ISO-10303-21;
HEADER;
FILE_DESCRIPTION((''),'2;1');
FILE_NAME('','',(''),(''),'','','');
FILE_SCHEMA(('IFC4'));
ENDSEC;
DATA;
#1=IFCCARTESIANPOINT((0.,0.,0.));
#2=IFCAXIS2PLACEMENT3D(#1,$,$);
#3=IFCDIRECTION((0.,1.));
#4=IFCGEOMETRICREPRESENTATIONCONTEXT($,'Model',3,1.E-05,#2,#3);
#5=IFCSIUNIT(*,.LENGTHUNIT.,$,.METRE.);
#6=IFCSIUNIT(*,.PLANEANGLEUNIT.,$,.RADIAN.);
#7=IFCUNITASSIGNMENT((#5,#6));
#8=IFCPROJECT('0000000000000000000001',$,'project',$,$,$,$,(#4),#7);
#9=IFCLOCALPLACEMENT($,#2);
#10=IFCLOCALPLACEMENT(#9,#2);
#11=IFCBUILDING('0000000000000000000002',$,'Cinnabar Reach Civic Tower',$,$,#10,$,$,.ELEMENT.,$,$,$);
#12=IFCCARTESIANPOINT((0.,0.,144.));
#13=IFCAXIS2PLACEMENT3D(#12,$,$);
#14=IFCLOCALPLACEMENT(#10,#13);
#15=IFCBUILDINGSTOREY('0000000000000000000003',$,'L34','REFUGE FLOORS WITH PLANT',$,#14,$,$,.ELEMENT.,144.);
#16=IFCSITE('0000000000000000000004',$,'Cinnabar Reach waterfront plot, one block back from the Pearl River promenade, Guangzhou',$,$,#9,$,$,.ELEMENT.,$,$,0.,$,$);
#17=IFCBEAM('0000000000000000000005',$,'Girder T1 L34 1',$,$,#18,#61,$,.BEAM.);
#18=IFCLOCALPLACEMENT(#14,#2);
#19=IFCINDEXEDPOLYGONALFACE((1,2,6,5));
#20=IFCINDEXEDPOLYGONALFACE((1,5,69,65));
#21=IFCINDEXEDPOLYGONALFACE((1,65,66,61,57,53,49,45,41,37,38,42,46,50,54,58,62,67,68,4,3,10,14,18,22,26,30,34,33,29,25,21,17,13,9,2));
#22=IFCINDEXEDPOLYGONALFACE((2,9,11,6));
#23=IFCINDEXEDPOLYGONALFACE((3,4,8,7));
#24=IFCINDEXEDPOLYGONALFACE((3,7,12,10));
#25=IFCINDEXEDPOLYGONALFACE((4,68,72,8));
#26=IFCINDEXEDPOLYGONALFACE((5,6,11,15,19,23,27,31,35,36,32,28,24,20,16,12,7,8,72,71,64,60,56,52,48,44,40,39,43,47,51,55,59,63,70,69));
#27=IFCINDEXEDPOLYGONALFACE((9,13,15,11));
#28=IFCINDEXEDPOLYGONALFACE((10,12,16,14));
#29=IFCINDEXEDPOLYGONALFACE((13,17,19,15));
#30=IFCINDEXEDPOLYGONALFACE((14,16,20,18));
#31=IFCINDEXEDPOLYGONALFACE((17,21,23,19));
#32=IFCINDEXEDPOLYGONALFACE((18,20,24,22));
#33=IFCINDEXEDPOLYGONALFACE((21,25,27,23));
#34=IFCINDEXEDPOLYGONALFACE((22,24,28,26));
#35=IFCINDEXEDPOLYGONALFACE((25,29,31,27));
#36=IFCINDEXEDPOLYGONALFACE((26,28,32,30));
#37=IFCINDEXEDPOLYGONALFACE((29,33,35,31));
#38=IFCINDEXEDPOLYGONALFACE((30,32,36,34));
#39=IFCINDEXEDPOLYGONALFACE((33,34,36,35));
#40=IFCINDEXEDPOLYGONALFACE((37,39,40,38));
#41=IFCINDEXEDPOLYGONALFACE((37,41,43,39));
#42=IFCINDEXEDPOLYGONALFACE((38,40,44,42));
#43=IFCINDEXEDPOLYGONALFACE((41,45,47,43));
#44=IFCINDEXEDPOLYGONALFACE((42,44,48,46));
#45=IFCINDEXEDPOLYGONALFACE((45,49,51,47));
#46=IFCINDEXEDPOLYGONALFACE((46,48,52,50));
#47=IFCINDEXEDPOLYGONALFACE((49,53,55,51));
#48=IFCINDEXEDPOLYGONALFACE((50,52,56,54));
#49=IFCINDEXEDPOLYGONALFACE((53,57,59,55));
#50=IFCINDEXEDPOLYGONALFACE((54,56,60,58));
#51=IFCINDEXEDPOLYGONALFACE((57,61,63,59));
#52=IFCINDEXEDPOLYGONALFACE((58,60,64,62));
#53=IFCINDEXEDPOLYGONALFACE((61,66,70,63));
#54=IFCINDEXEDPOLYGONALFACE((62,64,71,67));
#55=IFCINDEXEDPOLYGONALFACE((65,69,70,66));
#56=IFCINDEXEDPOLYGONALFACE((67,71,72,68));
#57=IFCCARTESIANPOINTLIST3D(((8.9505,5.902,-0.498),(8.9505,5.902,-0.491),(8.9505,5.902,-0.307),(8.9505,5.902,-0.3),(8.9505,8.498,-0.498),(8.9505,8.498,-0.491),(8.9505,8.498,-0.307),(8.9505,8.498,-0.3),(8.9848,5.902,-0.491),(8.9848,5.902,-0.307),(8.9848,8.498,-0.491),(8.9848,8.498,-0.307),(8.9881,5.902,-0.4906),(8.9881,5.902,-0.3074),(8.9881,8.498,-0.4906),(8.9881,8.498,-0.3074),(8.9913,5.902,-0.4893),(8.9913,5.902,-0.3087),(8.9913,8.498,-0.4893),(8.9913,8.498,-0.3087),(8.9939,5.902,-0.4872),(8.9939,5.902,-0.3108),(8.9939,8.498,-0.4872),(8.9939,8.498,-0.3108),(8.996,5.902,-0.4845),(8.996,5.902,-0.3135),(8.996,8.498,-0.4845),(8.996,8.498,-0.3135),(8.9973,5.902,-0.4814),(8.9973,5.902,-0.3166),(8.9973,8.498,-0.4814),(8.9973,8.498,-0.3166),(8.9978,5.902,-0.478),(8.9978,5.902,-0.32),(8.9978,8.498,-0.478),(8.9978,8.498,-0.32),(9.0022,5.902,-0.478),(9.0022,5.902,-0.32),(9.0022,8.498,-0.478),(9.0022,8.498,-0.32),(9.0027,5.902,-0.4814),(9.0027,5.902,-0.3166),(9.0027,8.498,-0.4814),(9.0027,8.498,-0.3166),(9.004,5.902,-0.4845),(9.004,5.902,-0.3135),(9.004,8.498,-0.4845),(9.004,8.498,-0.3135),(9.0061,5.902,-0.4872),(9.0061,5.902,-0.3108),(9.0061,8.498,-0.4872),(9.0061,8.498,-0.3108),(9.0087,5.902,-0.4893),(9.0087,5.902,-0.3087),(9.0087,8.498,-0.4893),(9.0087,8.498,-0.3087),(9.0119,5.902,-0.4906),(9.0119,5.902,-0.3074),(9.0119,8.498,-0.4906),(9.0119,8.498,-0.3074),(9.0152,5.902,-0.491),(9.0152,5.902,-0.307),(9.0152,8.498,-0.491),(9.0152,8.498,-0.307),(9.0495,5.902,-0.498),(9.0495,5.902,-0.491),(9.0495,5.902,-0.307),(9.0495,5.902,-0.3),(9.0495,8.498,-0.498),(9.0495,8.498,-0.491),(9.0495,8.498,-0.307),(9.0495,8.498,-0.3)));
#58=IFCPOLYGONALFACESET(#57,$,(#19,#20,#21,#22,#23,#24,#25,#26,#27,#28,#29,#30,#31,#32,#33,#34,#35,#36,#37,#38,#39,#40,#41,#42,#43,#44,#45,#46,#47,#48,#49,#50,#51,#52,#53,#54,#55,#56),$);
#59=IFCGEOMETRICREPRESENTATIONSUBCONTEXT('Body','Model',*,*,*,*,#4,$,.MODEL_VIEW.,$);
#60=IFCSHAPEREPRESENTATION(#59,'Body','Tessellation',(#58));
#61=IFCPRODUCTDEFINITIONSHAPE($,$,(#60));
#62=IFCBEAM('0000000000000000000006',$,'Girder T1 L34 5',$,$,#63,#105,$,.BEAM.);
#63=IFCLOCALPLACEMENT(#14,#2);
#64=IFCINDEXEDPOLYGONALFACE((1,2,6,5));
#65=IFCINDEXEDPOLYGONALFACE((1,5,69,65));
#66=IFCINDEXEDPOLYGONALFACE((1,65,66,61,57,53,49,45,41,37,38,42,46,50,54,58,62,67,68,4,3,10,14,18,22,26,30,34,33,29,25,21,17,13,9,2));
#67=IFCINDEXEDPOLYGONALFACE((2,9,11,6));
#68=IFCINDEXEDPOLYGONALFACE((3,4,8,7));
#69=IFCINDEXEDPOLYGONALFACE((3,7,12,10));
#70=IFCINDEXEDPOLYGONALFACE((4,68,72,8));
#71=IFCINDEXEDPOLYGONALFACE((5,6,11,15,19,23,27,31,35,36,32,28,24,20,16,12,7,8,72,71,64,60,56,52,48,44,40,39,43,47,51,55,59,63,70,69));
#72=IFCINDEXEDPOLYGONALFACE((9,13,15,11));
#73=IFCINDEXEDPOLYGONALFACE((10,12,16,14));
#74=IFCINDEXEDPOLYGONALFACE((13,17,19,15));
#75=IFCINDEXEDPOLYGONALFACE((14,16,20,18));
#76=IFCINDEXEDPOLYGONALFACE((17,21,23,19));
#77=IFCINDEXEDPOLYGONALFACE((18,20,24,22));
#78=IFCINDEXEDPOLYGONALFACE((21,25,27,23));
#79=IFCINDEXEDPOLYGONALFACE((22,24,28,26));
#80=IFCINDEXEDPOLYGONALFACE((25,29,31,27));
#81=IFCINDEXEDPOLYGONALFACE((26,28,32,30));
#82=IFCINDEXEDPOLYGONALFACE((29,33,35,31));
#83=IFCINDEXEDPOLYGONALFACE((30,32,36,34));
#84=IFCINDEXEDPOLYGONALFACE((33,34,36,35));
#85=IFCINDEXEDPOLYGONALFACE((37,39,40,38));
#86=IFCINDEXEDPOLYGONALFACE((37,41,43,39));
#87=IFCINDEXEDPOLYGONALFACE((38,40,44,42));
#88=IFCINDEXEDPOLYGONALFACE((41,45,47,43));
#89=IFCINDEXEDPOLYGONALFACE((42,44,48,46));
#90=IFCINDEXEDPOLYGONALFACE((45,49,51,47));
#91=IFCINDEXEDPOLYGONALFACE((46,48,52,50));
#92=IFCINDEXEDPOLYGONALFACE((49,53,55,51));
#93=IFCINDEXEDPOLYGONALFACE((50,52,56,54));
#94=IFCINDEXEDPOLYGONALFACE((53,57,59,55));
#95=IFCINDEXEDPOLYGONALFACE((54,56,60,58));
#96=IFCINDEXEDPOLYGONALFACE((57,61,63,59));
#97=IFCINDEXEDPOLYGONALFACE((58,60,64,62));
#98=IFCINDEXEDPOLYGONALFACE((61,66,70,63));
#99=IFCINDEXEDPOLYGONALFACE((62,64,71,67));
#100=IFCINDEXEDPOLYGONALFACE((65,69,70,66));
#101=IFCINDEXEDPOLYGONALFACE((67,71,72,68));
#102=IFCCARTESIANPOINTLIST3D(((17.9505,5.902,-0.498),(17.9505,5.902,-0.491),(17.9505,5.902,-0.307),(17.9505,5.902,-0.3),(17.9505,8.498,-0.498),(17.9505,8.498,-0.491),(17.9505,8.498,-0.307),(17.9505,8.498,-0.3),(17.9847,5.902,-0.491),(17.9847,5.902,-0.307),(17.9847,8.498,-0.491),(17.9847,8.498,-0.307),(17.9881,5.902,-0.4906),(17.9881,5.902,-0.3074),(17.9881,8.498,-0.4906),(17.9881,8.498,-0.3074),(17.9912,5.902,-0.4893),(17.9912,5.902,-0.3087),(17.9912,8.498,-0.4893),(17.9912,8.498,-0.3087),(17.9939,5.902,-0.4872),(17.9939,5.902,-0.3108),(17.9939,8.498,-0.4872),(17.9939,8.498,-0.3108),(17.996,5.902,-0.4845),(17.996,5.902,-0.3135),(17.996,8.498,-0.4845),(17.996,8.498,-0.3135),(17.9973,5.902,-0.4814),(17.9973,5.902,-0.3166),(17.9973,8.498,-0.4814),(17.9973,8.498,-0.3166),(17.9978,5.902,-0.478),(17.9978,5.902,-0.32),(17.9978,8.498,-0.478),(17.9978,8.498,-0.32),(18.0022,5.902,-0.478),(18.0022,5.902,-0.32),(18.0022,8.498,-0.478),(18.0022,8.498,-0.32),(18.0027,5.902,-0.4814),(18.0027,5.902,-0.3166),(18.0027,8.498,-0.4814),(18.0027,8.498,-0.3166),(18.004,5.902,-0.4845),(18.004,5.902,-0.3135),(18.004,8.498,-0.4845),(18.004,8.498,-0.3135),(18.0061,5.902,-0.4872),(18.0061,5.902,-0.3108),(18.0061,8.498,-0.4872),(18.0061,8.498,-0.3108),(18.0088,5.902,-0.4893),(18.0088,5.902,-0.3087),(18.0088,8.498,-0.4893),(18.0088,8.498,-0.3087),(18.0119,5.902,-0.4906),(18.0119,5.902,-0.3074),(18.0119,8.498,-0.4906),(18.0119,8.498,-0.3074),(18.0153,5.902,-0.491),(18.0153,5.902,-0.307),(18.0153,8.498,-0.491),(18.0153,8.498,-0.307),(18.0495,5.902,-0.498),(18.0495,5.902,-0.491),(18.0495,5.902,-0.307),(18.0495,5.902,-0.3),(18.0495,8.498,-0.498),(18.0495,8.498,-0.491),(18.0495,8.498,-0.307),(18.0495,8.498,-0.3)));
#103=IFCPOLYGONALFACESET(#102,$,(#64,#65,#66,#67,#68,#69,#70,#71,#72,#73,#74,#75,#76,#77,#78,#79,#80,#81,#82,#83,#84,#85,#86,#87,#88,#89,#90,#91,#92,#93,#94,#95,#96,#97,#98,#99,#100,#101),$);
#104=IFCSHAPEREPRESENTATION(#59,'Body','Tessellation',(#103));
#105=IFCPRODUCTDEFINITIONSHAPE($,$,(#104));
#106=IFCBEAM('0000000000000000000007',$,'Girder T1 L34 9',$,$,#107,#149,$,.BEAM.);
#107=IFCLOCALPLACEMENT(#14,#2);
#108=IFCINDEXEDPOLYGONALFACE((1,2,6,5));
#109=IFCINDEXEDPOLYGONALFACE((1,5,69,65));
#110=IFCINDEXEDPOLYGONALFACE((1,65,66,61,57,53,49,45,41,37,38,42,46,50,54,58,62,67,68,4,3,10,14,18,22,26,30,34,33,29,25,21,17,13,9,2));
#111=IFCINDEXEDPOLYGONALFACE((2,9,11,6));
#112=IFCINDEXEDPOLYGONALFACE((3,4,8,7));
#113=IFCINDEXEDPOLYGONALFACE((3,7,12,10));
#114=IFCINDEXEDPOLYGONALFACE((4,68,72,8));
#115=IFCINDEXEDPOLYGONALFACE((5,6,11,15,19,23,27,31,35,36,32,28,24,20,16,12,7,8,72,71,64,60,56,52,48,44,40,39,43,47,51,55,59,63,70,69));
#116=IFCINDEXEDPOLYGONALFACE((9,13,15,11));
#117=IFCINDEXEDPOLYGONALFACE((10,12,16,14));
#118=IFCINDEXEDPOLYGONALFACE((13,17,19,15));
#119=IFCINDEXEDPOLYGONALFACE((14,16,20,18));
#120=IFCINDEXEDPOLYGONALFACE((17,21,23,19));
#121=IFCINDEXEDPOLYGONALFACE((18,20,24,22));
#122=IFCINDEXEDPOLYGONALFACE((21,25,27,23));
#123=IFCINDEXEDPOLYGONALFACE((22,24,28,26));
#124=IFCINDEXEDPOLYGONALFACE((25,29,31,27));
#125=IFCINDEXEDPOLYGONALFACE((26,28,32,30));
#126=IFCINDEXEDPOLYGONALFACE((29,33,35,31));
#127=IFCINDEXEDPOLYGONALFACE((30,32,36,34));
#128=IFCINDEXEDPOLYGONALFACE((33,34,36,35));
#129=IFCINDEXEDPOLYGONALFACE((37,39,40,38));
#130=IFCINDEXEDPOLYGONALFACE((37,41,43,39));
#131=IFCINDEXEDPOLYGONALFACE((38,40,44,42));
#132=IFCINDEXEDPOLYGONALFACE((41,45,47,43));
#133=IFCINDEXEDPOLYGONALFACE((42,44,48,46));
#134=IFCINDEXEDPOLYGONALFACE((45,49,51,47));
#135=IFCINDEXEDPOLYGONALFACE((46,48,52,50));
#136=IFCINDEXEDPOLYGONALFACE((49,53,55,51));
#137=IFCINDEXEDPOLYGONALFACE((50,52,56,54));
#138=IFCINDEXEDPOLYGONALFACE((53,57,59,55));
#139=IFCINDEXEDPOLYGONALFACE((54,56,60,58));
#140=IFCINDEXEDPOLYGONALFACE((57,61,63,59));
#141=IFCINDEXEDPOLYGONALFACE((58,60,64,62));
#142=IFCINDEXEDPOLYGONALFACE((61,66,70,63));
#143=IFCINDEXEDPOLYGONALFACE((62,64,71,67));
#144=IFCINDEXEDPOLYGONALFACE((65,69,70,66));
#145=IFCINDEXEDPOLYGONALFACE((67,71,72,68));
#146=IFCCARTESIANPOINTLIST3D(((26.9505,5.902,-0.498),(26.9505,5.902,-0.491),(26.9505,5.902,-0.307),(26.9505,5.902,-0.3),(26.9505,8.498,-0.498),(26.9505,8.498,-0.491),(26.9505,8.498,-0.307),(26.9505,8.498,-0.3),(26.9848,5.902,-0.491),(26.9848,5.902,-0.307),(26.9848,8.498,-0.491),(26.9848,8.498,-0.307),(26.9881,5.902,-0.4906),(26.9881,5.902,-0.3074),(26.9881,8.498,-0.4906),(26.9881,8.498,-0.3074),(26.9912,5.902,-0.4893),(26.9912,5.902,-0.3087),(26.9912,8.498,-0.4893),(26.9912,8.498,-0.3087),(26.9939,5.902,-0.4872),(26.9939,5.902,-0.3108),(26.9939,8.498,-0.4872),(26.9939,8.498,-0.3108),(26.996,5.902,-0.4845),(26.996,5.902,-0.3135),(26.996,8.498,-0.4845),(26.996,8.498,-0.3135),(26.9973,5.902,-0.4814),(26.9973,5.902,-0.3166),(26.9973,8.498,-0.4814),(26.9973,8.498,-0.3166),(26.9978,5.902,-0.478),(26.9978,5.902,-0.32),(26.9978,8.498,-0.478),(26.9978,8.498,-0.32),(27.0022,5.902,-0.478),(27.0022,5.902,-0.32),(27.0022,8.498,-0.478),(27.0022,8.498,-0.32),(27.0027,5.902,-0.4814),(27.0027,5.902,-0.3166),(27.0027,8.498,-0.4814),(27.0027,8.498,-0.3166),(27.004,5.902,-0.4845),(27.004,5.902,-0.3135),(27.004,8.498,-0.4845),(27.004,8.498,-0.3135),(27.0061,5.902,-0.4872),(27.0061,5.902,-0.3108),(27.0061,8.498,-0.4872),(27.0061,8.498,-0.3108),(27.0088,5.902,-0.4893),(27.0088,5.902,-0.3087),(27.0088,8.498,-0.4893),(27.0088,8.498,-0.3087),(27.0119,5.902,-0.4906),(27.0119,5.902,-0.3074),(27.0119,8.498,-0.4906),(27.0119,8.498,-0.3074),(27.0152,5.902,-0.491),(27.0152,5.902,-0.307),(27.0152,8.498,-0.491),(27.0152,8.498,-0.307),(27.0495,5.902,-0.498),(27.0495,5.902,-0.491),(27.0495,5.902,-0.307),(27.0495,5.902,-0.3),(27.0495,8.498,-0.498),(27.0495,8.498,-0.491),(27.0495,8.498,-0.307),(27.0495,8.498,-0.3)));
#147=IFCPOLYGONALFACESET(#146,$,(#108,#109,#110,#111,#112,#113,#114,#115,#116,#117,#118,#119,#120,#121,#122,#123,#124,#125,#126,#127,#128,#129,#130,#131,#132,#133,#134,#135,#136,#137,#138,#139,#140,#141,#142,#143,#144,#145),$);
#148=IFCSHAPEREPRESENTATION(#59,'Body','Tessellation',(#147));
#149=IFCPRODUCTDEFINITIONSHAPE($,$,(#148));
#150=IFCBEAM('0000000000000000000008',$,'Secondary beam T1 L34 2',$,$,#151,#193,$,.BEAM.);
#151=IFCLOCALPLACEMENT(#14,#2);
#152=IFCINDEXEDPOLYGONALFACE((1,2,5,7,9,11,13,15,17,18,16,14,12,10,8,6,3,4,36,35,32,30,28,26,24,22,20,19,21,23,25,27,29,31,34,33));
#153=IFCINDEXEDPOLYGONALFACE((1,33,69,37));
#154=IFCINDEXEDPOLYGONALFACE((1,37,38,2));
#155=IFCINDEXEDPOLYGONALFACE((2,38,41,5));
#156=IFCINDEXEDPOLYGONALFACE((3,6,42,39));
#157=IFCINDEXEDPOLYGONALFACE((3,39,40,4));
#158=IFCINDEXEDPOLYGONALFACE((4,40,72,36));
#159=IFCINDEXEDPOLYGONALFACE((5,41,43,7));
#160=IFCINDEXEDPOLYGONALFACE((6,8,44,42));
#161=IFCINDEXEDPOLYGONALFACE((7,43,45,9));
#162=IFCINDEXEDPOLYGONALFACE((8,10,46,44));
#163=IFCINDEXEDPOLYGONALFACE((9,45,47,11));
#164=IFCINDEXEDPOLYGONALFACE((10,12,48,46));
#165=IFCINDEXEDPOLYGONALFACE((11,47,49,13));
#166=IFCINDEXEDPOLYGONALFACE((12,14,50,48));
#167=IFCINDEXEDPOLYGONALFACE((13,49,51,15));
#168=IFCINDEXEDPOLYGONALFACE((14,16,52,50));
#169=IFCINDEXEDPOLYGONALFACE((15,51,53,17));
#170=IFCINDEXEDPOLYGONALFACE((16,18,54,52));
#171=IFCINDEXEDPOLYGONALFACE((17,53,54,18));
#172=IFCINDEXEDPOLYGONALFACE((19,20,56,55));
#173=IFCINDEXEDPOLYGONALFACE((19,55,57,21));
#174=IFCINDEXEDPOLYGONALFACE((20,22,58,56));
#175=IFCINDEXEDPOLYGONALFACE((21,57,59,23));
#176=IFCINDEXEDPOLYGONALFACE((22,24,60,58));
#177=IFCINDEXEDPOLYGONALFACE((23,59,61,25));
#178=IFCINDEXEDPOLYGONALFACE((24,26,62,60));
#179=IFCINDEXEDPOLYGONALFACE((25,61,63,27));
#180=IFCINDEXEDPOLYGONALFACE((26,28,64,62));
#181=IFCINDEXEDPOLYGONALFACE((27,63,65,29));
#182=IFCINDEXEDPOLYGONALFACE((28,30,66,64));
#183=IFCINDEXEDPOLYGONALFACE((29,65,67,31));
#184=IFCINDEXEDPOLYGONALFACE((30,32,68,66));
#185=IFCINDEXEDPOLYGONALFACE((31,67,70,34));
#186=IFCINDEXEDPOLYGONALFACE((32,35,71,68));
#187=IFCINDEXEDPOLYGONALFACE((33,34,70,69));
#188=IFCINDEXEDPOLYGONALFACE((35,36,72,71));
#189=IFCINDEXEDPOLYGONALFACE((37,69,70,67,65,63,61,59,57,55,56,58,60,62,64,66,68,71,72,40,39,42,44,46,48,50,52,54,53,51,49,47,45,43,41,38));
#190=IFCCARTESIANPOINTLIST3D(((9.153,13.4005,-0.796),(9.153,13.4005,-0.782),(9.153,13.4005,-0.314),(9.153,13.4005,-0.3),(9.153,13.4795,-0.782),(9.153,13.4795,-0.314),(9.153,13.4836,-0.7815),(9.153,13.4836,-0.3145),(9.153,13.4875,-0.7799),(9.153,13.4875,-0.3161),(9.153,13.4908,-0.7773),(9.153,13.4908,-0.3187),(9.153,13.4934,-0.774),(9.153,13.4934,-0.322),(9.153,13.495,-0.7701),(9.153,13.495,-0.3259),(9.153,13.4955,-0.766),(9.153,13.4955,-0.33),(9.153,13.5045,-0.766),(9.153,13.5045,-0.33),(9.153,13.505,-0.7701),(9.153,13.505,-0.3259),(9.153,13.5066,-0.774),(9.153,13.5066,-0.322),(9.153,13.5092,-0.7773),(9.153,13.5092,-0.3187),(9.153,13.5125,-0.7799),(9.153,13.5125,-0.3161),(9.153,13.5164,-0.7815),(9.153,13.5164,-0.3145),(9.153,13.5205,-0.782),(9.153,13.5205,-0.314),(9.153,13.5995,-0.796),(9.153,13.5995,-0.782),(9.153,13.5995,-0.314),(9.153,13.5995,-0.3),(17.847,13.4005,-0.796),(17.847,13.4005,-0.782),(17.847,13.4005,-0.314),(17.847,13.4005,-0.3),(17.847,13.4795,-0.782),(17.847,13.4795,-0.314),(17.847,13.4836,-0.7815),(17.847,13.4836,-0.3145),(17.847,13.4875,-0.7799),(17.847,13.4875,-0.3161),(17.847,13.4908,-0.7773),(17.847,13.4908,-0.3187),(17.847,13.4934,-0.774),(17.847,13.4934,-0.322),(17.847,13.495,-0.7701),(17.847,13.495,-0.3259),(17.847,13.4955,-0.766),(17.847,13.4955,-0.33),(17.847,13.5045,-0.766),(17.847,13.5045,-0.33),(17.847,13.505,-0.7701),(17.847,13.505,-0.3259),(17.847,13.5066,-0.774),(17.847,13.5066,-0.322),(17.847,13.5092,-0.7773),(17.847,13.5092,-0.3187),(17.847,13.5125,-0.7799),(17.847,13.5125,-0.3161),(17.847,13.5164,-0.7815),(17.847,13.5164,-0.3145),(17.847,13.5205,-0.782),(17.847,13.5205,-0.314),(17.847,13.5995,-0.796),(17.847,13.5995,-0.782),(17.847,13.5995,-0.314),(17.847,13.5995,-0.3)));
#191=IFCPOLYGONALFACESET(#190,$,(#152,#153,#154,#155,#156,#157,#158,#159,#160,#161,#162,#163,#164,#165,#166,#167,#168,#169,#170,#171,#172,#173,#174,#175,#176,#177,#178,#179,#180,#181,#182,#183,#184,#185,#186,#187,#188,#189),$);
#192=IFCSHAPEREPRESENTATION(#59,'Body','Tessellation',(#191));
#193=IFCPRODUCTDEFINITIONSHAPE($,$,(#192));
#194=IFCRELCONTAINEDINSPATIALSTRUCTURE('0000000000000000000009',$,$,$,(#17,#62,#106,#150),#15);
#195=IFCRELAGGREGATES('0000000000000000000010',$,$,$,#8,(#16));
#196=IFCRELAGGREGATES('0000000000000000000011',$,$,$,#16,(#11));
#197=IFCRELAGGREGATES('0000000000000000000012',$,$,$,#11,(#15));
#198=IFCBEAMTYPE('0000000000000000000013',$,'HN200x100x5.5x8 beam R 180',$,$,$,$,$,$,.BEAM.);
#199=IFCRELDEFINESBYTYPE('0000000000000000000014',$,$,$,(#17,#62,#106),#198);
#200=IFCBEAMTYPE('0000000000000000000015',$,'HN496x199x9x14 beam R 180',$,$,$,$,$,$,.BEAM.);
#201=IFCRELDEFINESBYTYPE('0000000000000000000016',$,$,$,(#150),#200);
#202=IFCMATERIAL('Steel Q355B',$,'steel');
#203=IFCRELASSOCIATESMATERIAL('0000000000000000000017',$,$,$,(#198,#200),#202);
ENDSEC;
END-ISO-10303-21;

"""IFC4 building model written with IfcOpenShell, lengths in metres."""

from ifc_helpers import new_model, si_unit, direction, frame, origin, origin_2d, place, context, subcontext, project, spatial, i_section, extrude, material, material_profile, profile_set, type_object, element, save


model = new_model("IFC4")

# Units and contexts
model_context = context("Model", 3, precision=1e-05, world=origin(), true_north=direction((0.0, 1.0)))
body_context = subcontext(model_context, "Body", "Model", "MODEL_VIEW")
ifc_project = project(units=[si_unit("LENGTHUNIT", "METRE"), si_unit("PLANEANGLEUNIT", "RADIAN")], contexts=[model_context])

# Site, building, storey
site_placement = place(None, origin())
site = spatial("IfcSite", under=ifc_project, at=site_placement, Name="Cinnabar Reach waterfront plot, one block back from the Pearl River promenade, Guangzhou", CompositionType="ELEMENT", RefElevation=0.0)
building_placement = place(site_placement, origin())
building = spatial("IfcBuilding", under=site, at=building_placement, Name="Cinnabar Reach Civic Tower", CompositionType="ELEMENT")
storey_placement = place(building_placement, frame((0.0, 0.0, 144.0)))
storey = spatial("IfcBuildingStorey", under=building, at=storey_placement, Name="L34", Description="REFUGE FLOORS WITH PLANT", CompositionType="ELEMENT", Elevation=144.0)

# Beams
ifc_material_1 = material(Name="Steel Q355B", Category="steel")
ifc_material_profile_1 = material_profile(ifc_material_1, i_section(OverallWidth=0.099, OverallDepth=0.198, WebThickness=0.0045, FlangeThickness=0.007, FilletRadius=0.013, at=origin_2d()), Name="HN200x100x5.5x8")
ifc_profile_set_1 = profile_set([ifc_material_profile_1], Name="Steel Q355B")
beam_type_1 = type_object("IfcBeamType", Name="HN200x100x5.5x8 beam R 180", PredefinedType="BEAM", material=ifc_profile_set_1)
for number, where, z_axis, x_axis, name in (
    (1, (9.0, 5.902, -0.399), (0.0, 1.0, 0.0), (-1.0, 0.0, 0.0), "Girder T1 L34 1"),
    (2, (18.0, 5.902, -0.399), (0.0, 1.0, 0.0), (-1.0, 0.0, 0.0), "Girder T1 L34 5"),
    (3, (27.0, 5.902, -0.399), (0.0, 1.0, 0.0), (-1.0, 0.0, 0.0), "Girder T1 L34 9"),
):
    element("IfcBeam", number, at=place(storey_placement, frame(where, z_axis=z_axis, x_axis=x_axis)), inside=storey, type_object=beam_type_1, Name=name, PredefinedType="BEAM", context=body_context, shape_type="SweptSolid", body=[
        extrude(i_section(OverallWidth=0.099, OverallDepth=0.198, WebThickness=0.0045, FlangeThickness=0.007, FilletRadius=0.013, at=origin_2d()), origin(), (0.0, 0.0, 1.0), 2.596),
    ])
ifc_material_profile_2 = material_profile(ifc_material_1, i_section(OverallWidth=0.199, OverallDepth=0.496, WebThickness=0.009, FlangeThickness=0.014, FilletRadius=0.016, at=origin_2d()), Name="HN496x199x9x14")
ifc_profile_set_2 = profile_set([ifc_material_profile_2], Name="Steel Q355B")
beam_type_2 = type_object("IfcBeamType", Name="HN496x199x9x14 beam R 180", PredefinedType="BEAM", material=ifc_profile_set_2)
for number, where, z_axis, x_axis, name in (
    (4, (9.153, 13.5, -0.548), (1.0, 0.0, 0.0), (0.0, 1.0, 0.0), "Secondary beam T1 L34 2"),
):
    element("IfcBeam", number, at=place(storey_placement, frame(where, z_axis=z_axis, x_axis=x_axis)), inside=storey, type_object=beam_type_2, Name=name, PredefinedType="BEAM", context=body_context, shape_type="SweptSolid", body=[
        extrude(i_section(OverallWidth=0.199, OverallDepth=0.496, WebThickness=0.009, FlangeThickness=0.014, FilletRadius=0.016, at=origin_2d()), origin(), (0.0, 0.0, 1.0), 8.694),
    ])

save(model, "model.ifc")
